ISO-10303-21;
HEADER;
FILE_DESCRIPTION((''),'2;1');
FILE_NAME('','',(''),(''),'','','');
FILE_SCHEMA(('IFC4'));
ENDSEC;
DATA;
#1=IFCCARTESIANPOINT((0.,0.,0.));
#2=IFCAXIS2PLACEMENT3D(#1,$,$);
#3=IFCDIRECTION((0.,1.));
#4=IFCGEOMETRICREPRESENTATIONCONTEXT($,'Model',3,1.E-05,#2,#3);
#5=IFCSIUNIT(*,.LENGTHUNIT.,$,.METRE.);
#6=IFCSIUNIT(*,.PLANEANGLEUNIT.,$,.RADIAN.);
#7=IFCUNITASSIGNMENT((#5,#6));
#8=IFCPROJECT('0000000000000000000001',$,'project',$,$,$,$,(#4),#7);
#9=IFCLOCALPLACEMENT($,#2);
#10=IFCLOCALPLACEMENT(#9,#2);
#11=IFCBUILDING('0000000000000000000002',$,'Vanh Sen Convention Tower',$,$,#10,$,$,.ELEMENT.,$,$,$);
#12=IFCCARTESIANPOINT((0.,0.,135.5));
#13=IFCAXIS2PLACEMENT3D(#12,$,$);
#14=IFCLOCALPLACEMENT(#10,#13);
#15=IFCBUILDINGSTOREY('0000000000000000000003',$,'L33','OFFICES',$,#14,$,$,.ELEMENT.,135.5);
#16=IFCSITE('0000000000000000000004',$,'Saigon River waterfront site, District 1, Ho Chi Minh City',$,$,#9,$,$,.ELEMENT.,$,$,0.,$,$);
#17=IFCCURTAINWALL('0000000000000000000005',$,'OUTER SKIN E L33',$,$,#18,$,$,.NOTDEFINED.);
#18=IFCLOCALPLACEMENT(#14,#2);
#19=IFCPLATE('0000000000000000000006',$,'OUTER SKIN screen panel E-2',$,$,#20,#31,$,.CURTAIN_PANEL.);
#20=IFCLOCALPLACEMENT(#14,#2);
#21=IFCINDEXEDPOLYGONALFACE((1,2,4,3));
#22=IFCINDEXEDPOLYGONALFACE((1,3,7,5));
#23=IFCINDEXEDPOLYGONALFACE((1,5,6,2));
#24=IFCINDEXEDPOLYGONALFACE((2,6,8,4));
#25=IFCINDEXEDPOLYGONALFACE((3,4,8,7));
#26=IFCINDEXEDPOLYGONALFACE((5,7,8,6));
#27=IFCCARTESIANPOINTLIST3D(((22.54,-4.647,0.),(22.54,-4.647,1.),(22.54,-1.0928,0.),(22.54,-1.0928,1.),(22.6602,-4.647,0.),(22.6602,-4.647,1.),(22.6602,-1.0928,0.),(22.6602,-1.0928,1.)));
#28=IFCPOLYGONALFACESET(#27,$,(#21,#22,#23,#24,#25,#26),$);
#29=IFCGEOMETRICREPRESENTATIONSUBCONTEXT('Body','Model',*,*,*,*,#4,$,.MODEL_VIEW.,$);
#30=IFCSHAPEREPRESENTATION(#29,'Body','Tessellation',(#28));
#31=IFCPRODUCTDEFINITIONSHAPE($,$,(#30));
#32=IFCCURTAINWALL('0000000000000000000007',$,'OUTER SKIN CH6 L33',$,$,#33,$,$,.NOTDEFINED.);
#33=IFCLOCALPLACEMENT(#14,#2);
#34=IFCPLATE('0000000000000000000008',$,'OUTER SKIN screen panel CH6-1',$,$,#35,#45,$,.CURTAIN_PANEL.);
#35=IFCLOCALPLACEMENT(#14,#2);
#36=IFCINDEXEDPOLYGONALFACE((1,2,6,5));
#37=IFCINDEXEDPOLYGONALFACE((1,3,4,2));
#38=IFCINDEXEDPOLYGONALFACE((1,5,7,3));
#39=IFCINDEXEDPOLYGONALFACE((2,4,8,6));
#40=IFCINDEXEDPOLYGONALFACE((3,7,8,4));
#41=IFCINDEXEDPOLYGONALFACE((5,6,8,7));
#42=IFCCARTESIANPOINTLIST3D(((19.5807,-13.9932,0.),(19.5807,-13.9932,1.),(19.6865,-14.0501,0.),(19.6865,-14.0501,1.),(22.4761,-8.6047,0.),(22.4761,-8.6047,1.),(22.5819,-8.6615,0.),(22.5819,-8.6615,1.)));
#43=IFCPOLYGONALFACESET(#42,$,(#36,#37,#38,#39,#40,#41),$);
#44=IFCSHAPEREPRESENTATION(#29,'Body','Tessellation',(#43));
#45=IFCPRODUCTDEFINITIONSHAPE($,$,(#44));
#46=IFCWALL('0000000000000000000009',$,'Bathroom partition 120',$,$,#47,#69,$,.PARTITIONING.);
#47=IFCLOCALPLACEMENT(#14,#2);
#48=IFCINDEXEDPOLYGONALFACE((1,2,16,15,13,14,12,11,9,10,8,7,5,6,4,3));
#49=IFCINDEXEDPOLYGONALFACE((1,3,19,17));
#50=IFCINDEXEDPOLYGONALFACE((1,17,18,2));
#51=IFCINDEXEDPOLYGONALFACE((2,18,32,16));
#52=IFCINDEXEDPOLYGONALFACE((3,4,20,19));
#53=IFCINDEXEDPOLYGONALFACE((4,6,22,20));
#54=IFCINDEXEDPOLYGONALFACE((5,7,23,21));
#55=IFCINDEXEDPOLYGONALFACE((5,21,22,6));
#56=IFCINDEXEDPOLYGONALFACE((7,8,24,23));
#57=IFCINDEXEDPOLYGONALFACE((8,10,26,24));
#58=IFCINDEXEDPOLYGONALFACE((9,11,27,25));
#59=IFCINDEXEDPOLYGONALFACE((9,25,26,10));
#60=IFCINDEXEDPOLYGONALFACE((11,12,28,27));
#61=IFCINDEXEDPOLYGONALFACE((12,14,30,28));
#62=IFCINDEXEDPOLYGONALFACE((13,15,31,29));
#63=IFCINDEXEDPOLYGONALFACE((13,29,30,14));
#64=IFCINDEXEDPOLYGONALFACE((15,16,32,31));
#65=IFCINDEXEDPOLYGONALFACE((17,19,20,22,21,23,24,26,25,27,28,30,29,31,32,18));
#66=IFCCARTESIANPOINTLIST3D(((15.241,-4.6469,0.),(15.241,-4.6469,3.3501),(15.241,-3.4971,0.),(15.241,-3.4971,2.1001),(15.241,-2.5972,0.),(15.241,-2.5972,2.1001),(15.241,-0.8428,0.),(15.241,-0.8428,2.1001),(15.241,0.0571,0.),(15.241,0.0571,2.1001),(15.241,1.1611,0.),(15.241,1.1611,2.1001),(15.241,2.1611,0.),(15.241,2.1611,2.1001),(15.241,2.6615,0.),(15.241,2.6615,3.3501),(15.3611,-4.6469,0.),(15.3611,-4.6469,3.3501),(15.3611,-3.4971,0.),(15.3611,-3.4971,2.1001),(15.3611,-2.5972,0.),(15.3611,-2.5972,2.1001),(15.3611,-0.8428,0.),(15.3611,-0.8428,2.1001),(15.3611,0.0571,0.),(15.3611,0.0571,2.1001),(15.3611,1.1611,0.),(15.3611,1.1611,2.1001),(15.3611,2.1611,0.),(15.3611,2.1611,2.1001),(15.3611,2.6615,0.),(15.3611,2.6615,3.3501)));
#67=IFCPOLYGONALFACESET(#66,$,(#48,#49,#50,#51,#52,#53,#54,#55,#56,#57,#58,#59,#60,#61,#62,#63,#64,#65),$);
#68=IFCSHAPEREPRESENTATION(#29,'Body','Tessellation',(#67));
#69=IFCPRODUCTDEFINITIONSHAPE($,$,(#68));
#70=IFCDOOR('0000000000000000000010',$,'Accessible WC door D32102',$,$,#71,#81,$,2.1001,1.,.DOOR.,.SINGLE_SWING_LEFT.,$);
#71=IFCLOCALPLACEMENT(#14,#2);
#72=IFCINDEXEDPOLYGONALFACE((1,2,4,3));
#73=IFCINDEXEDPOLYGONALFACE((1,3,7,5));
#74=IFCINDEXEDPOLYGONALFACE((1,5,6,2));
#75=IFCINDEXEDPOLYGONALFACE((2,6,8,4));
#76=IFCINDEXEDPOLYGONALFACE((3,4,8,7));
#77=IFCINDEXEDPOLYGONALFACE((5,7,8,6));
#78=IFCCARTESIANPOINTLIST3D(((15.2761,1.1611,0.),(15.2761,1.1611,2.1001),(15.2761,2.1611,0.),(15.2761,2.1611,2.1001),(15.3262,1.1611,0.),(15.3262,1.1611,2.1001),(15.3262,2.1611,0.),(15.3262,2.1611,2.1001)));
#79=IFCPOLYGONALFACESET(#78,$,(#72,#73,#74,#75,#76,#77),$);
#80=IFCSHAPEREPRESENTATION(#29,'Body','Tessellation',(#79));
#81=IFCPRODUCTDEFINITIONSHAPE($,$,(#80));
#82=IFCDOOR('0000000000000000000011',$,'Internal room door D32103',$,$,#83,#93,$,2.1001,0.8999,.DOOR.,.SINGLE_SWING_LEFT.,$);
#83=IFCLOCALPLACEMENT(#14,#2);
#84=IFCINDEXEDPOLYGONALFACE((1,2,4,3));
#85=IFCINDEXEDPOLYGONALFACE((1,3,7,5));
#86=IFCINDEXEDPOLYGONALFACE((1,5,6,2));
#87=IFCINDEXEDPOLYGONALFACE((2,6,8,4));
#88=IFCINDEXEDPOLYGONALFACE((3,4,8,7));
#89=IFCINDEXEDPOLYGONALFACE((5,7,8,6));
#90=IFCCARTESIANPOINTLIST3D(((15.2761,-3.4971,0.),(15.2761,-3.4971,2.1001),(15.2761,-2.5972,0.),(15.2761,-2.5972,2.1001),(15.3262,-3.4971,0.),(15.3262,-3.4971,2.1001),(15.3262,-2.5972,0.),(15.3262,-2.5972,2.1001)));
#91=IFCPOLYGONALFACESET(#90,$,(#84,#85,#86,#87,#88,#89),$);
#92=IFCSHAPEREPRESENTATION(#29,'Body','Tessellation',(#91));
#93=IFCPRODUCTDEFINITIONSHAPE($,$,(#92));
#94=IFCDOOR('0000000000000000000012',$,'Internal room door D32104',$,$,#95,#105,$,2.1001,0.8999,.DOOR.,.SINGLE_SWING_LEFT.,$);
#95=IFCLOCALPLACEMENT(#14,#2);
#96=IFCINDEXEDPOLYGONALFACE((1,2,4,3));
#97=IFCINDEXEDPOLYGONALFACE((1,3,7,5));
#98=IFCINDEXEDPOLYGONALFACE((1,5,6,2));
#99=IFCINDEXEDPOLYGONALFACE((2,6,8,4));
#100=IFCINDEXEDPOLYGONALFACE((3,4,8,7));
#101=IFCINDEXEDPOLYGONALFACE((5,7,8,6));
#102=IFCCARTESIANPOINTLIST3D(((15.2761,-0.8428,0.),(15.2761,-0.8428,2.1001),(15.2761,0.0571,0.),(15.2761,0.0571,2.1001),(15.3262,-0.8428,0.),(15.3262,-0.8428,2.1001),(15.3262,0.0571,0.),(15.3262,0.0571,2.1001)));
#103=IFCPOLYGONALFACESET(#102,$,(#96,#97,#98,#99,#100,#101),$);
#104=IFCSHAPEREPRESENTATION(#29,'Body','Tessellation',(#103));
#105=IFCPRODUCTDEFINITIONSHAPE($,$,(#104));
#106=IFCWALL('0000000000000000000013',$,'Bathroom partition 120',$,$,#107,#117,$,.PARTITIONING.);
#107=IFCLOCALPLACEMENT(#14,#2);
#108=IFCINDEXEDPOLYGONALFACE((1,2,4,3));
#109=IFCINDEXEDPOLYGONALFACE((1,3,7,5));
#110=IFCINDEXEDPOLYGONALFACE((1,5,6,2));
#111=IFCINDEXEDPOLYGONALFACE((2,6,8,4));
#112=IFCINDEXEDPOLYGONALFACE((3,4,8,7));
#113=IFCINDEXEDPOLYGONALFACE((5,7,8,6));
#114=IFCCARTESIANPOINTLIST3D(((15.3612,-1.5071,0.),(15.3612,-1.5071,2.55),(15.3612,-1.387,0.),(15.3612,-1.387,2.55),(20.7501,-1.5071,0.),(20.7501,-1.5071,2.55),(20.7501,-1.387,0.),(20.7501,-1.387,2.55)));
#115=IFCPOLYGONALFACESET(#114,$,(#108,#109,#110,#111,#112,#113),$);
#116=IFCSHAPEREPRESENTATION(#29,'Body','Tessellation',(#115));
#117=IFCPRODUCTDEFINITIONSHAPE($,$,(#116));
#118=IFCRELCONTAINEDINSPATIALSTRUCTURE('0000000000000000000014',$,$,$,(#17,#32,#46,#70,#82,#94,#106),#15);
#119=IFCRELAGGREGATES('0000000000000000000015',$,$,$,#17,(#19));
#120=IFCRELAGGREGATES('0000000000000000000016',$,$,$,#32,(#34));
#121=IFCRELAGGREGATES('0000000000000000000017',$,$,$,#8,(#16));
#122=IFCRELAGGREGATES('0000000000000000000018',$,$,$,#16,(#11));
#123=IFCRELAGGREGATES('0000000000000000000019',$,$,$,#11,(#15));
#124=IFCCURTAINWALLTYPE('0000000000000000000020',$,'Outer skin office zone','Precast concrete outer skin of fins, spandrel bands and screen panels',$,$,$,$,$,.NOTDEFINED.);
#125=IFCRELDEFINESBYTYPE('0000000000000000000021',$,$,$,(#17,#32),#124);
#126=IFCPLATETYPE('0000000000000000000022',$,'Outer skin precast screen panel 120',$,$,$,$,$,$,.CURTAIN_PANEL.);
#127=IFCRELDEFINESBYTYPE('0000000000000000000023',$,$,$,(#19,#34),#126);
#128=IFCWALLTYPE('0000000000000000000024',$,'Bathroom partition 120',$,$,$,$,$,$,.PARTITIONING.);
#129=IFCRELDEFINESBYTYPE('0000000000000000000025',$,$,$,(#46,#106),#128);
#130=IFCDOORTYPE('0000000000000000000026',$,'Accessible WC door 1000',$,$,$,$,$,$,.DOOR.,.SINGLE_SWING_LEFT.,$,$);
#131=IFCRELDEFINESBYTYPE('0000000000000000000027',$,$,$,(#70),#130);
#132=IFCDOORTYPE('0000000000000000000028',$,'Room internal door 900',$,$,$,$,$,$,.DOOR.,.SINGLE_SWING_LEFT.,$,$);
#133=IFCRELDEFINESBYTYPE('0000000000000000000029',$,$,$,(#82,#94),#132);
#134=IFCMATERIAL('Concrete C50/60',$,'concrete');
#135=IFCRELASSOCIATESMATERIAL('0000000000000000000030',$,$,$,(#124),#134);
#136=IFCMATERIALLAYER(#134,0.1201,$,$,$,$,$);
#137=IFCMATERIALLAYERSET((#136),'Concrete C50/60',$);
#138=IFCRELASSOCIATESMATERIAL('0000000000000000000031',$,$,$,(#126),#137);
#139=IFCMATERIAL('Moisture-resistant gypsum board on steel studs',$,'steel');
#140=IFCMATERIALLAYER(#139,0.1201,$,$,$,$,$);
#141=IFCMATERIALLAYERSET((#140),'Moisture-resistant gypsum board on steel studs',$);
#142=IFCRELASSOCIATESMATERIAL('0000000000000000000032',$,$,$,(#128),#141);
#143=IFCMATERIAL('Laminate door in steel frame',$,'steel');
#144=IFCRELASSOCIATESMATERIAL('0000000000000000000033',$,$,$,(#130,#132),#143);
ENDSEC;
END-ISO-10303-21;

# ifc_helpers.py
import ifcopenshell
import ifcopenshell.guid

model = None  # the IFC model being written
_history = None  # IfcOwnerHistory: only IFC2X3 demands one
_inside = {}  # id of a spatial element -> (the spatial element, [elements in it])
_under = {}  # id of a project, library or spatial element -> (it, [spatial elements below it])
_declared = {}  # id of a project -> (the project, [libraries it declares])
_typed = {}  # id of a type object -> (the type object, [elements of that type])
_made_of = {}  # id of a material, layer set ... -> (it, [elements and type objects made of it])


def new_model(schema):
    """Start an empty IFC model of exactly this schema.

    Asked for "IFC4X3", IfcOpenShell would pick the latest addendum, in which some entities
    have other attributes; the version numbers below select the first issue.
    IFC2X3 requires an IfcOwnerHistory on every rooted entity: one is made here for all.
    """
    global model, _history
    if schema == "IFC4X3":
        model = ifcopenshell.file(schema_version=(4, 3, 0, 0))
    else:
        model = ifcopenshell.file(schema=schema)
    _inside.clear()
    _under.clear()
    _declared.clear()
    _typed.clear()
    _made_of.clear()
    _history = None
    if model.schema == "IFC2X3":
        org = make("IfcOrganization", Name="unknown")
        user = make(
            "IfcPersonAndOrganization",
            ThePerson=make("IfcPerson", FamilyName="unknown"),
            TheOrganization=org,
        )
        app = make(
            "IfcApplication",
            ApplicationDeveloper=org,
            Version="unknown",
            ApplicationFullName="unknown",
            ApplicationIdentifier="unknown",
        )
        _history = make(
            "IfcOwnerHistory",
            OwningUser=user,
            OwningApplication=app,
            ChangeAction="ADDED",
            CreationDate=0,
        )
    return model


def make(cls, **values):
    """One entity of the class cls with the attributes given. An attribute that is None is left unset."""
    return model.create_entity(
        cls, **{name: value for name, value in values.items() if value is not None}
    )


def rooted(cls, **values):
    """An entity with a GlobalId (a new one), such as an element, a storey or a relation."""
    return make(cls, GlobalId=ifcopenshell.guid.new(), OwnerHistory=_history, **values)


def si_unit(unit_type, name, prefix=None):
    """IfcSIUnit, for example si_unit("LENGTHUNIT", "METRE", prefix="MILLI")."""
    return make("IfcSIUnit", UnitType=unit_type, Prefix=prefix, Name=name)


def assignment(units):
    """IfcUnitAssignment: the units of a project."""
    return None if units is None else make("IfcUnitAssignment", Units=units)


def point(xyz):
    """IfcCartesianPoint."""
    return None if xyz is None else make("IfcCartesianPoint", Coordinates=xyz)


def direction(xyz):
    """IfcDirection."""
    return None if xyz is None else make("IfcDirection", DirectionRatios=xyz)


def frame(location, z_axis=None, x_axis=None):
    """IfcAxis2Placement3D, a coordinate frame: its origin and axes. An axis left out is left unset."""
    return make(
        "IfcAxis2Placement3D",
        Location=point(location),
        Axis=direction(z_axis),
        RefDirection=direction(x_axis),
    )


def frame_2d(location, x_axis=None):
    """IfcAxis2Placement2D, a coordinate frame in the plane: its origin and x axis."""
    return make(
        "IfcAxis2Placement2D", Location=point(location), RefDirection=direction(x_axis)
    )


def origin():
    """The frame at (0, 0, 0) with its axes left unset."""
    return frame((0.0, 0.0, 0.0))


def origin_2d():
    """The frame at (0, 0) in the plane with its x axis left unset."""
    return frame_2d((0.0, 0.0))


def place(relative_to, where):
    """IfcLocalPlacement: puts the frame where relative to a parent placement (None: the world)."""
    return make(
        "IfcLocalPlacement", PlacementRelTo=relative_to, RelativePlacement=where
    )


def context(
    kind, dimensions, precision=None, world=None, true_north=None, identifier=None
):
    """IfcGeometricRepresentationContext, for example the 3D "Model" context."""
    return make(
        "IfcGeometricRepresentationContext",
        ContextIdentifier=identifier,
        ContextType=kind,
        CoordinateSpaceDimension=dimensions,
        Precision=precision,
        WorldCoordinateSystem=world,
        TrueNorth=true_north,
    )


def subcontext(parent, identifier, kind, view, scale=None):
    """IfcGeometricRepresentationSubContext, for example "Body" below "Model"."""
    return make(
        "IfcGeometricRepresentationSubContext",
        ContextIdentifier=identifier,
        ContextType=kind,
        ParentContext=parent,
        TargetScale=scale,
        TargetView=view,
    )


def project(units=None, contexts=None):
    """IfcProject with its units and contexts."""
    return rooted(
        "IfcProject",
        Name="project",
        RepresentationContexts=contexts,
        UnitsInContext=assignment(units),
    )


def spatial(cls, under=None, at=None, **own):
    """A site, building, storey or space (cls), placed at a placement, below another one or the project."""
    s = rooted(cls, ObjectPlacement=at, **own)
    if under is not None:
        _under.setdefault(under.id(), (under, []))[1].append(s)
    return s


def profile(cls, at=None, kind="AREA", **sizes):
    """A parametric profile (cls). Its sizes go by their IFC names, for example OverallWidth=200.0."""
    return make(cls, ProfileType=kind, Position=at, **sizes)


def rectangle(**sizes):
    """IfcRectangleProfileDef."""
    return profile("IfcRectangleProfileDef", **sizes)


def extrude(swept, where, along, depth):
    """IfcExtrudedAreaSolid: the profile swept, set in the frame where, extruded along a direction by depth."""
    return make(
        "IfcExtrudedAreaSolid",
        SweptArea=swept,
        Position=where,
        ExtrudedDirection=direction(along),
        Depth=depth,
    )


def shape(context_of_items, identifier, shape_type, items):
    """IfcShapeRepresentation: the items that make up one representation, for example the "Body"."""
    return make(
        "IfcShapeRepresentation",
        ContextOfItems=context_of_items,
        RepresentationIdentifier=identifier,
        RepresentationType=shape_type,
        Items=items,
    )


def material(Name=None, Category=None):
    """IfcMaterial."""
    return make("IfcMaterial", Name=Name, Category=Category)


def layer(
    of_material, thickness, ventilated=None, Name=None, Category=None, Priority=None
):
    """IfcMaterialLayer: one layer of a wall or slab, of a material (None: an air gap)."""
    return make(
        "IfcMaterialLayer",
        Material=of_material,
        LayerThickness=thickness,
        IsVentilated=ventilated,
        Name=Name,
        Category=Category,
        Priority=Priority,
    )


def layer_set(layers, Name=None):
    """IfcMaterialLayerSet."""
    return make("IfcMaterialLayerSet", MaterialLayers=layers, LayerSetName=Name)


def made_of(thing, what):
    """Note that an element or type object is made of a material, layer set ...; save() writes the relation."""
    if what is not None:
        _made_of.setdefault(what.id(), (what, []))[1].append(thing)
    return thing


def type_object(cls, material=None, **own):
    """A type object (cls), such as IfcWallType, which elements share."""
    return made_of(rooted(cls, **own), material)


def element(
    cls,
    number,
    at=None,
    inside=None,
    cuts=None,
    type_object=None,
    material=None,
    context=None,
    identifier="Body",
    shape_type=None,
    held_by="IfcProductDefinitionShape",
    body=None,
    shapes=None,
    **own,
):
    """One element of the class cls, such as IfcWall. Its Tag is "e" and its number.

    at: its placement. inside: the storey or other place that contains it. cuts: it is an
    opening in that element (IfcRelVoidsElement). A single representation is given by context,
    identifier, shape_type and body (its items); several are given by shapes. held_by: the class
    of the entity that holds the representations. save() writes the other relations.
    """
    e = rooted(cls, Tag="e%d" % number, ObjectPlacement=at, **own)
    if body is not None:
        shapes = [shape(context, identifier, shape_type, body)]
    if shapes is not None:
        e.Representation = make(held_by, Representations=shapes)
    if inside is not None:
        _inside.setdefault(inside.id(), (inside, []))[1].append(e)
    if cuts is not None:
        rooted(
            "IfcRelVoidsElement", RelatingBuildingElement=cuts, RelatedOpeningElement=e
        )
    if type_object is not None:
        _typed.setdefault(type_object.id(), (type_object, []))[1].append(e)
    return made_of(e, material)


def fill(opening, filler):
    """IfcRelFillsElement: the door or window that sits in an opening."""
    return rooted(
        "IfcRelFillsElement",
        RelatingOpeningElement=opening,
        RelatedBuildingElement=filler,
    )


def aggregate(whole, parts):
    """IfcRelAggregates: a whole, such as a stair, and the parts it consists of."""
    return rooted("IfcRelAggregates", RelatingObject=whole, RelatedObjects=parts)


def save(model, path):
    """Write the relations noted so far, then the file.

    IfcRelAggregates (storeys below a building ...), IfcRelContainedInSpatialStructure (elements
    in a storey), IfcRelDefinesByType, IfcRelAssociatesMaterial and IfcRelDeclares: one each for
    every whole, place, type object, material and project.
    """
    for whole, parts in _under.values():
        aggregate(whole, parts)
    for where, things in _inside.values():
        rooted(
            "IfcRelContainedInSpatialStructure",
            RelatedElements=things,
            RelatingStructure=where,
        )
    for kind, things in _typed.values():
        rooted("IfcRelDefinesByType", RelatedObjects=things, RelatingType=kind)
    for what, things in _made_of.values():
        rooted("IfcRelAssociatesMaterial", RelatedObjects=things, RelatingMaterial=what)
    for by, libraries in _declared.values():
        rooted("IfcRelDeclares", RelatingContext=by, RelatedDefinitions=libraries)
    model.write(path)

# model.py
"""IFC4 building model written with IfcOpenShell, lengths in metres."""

from ifc_helpers import new_model, si_unit, direction, frame, frame_2d, origin, origin_2d, place, context, subcontext, project, spatial, rectangle, extrude, material, layer, layer_set, type_object, element, fill, aggregate, save


model = new_model("IFC4")

# Units and contexts
model_context = context("Model", 3, precision=1e-05, world=origin(), true_north=direction((0.0, 1.0)))
body_context = subcontext(model_context, "Body", "Model", "MODEL_VIEW")
ifc_project = project(units=[si_unit("LENGTHUNIT", "METRE"), si_unit("PLANEANGLEUNIT", "RADIAN")], contexts=[model_context])

# Site, building, storey
site_placement = place(None, origin())
site = spatial("IfcSite", under=ifc_project, at=site_placement, Name="Saigon River waterfront site, District 1, Ho Chi Minh City", CompositionType="ELEMENT", RefElevation=0.0)
building_placement = place(site_placement, origin())
building = spatial("IfcBuilding", under=site, at=building_placement, Name="Vanh Sen Convention Tower", CompositionType="ELEMENT")
storey_placement = place(building_placement, frame((0.0, 0.0, 135.5)))
storey = spatial("IfcBuildingStorey", under=building, at=storey_placement, Name="L33", Description="OFFICES", CompositionType="ELEMENT", Elevation=135.5)

# Curtain wall
ifc_material_1 = material(Name="Concrete C50/60", Category="concrete")
curtain_wall_type = type_object("IfcCurtainWallType", Name="Outer skin office zone", Description="Precast concrete outer skin of fins, spandrel bands and screen panels", PredefinedType="NOTDEFINED", material=ifc_material_1)
curtain_wall_1_placement = place(storey_placement, origin())
curtain_wall_1 = element("IfcCurtainWall", 1, at=curtain_wall_1_placement, inside=storey, type_object=curtain_wall_type, Name="OUTER SKIN E L33", PredefinedType="NOTDEFINED")

# Plate
ifc_layer_1 = layer(ifc_material_1, 0.1201)
ifc_layer_set_1 = layer_set([ifc_layer_1], Name="Concrete C50/60")
plate_type = type_object("IfcPlateType", Name="Outer skin precast screen panel 120", PredefinedType="CURTAIN_PANEL", material=ifc_layer_set_1)
plate_1_placement = place(storey_placement, frame((22.6001, -2.8699, 0.0), z_axis=(0.0, 0.0, 1.0), x_axis=(0.0, 1.0, 0.0)))
plate_1 = element("IfcPlate", 2, at=plate_1_placement, type_object=plate_type, Name="OUTER SKIN screen panel E-2", PredefinedType="CURTAIN_PANEL", context=body_context, shape_type="SweptSolid", body=[
    extrude(rectangle(XDim=3.5542, YDim=0.1201, at=origin_2d()), origin(), (0.0, 0.0, 1.0), 1.0),
])
aggregate(curtain_wall_1, [plate_1])

# Curtain wall, plate
curtain_wall_2_placement = place(storey_placement, origin())
curtain_wall_2 = element("IfcCurtainWall", 3, at=curtain_wall_2_placement, inside=storey, type_object=curtain_wall_type, Name="OUTER SKIN CH6 L33", PredefinedType="NOTDEFINED")
plate_2_placement = place(storey_placement, frame((21.0813, -11.3274, 0.0), z_axis=(0.0, 0.0, 1.0), x_axis=(0.473321, 0.88089, 0.0)))
plate_2 = element("IfcPlate", 4, at=plate_2_placement, type_object=plate_type, Name="OUTER SKIN screen panel CH6-1", PredefinedType="CURTAIN_PANEL", context=body_context, shape_type="SweptSolid", body=[
    extrude(rectangle(XDim=6.1172, YDim=0.1201, at=origin_2d()), origin(), (0.0, 0.0, 1.0), 1.0),
])
aggregate(curtain_wall_2, [plate_2])

# Wall, openings, doors
ifc_material_2 = material(Name="Moisture-resistant gypsum board on steel studs", Category="steel")
ifc_layer_2 = layer(ifc_material_2, 0.1201)
ifc_layer_set_2 = layer_set([ifc_layer_2], Name="Moisture-resistant gypsum board on steel studs")
wall_type_1 = type_object("IfcWallType", Name="Bathroom partition 120", PredefinedType="PARTITIONING", material=ifc_layer_set_2)
wall_1_placement = place(storey_placement, frame((15.301, -4.647, 0.0), z_axis=(0.0, 0.0, 1.0), x_axis=(0.0, 1.0, 0.0)))
wall_1 = element("IfcWall", 5, at=wall_1_placement, inside=storey, type_object=wall_type_1, Name="Bathroom partition 120", PredefinedType="PARTITIONING", context=body_context, shape_type="SweptSolid", body=[
    extrude(rectangle(XDim=7.3083, YDim=0.1201, at=frame_2d((3.6543, 0.0))), origin(), (0.0, 0.0, 1.0), 3.3501),
])
opening_1_placement = place(wall_1_placement, frame((5.8081, 0.0, 0.0)))
opening_1 = element("IfcOpeningElement", 6, at=opening_1_placement, cuts=wall_1, PredefinedType="OPENING", context=body_context, shape_type="SweptSolid", body=[
    extrude(rectangle(XDim=1.0, YDim=2.1001, at=frame_2d((0.5, 1.05))), frame((0.0, 0.0701, 0.0), z_axis=(0.0, -1.0, 0.0), x_axis=(1.0, 0.0, 0.0)), (0.0, 0.0, 1.0), 0.1401),
])
opening_2_placement = place(wall_1_placement, frame((1.1499, 0.0, 0.0)))
opening_2 = element("IfcOpeningElement", 7, at=opening_2_placement, cuts=wall_1, PredefinedType="OPENING", context=body_context, shape_type="SweptSolid", body=[
    extrude(rectangle(XDim=0.8999, YDim=2.1001, at=frame_2d((0.45, 1.05))), frame((0.0, 0.0701, 0.0), z_axis=(0.0, -1.0, 0.0), x_axis=(1.0, 0.0, 0.0)), (0.0, 0.0, 1.0), 0.1401),
])
opening_3_placement = place(wall_1_placement, frame((3.8042, 0.0, 0.0)))
opening_3 = element("IfcOpeningElement", 8, at=opening_3_placement, cuts=wall_1, PredefinedType="OPENING", context=body_context, shape_type="SweptSolid", body=[
    extrude(rectangle(XDim=0.8999, YDim=2.1001, at=frame_2d((0.45, 1.05))), frame((0.0, 0.0701, 0.0), z_axis=(0.0, -1.0, 0.0), x_axis=(1.0, 0.0, 0.0)), (0.0, 0.0, 1.0), 0.1401),
])
ifc_material_3 = material(Name="Laminate door in steel frame", Category="steel")
door_type_1 = type_object("IfcDoorType", Name="Accessible WC door 1000", OperationType="SINGLE_SWING_LEFT", PredefinedType="DOOR", material=ifc_material_3)
door_1_placement = place(opening_1_placement, origin())
door_1 = element("IfcDoor", 9, at=door_1_placement, inside=storey, type_object=door_type_1, Name="Accessible WC door D32102", OperationType="SINGLE_SWING_LEFT", OverallHeight=2.1001, OverallWidth=1.0, PredefinedType="DOOR", context=body_context, shape_type="SweptSolid", body=[
    extrude(rectangle(XDim=1.0, YDim=2.1001, at=frame_2d((0.5, 1.05))), frame((0.0, 0.0249, 0.0), z_axis=(0.0, -1.0, 0.0), x_axis=(1.0, 0.0, 0.0)), (0.0, 0.0, 1.0), 0.05),
])
fill(opening_1, door_1)
door_type_2 = type_object("IfcDoorType", Name="Room internal door 900", OperationType="SINGLE_SWING_LEFT", PredefinedType="DOOR", material=ifc_material_3)
door_2_placement = place(opening_2_placement, origin())
door_2 = element("IfcDoor", 10, at=door_2_placement, inside=storey, type_object=door_type_2, Name="Internal room door D32103", OperationType="SINGLE_SWING_LEFT", OverallHeight=2.1001, OverallWidth=0.8999, PredefinedType="DOOR", context=body_context, shape_type="SweptSolid", body=[
    extrude(rectangle(XDim=0.8999, YDim=2.1001, at=frame_2d((0.45, 1.05))), frame((0.0, 0.0249, 0.0), z_axis=(0.0, -1.0, 0.0), x_axis=(1.0, 0.0, 0.0)), (0.0, 0.0, 1.0), 0.05),
])
fill(opening_2, door_2)
door_3_placement = place(opening_3_placement, origin())
door_3 = element("IfcDoor", 11, at=door_3_placement, inside=storey, type_object=door_type_2, Name="Internal room door D32104", OperationType="SINGLE_SWING_LEFT", OverallHeight=2.1001, OverallWidth=0.8999, PredefinedType="DOOR", context=body_context, shape_type="SweptSolid", body=[
    extrude(rectangle(XDim=0.8999, YDim=2.1001, at=frame_2d((0.45, 1.05))), frame((0.0, 0.0249, 0.0), z_axis=(0.0, -1.0, 0.0), x_axis=(1.0, 0.0, 0.0)), (0.0, 0.0, 1.0), 0.05),
])
fill(opening_3, door_3)

# Wall
wall_2_placement = place(storey_placement, frame((20.75, -1.447, 0.0), z_axis=(0.0, 0.0, 1.0), x_axis=(-1.0, 0.0, 0.0)))
element("IfcWall", 12, at=wall_2_placement, inside=storey, type_object=wall_type_1, Name="Bathroom partition 120", PredefinedType="PARTITIONING", context=body_context, shape_type="SweptSolid", body=[
    extrude(rectangle(XDim=5.3889, YDim=0.1201, at=frame_2d((2.6943, 0.0))), origin(), (0.0, 0.0, 1.0), 2.55),
])

save(model, "model.ifc")
